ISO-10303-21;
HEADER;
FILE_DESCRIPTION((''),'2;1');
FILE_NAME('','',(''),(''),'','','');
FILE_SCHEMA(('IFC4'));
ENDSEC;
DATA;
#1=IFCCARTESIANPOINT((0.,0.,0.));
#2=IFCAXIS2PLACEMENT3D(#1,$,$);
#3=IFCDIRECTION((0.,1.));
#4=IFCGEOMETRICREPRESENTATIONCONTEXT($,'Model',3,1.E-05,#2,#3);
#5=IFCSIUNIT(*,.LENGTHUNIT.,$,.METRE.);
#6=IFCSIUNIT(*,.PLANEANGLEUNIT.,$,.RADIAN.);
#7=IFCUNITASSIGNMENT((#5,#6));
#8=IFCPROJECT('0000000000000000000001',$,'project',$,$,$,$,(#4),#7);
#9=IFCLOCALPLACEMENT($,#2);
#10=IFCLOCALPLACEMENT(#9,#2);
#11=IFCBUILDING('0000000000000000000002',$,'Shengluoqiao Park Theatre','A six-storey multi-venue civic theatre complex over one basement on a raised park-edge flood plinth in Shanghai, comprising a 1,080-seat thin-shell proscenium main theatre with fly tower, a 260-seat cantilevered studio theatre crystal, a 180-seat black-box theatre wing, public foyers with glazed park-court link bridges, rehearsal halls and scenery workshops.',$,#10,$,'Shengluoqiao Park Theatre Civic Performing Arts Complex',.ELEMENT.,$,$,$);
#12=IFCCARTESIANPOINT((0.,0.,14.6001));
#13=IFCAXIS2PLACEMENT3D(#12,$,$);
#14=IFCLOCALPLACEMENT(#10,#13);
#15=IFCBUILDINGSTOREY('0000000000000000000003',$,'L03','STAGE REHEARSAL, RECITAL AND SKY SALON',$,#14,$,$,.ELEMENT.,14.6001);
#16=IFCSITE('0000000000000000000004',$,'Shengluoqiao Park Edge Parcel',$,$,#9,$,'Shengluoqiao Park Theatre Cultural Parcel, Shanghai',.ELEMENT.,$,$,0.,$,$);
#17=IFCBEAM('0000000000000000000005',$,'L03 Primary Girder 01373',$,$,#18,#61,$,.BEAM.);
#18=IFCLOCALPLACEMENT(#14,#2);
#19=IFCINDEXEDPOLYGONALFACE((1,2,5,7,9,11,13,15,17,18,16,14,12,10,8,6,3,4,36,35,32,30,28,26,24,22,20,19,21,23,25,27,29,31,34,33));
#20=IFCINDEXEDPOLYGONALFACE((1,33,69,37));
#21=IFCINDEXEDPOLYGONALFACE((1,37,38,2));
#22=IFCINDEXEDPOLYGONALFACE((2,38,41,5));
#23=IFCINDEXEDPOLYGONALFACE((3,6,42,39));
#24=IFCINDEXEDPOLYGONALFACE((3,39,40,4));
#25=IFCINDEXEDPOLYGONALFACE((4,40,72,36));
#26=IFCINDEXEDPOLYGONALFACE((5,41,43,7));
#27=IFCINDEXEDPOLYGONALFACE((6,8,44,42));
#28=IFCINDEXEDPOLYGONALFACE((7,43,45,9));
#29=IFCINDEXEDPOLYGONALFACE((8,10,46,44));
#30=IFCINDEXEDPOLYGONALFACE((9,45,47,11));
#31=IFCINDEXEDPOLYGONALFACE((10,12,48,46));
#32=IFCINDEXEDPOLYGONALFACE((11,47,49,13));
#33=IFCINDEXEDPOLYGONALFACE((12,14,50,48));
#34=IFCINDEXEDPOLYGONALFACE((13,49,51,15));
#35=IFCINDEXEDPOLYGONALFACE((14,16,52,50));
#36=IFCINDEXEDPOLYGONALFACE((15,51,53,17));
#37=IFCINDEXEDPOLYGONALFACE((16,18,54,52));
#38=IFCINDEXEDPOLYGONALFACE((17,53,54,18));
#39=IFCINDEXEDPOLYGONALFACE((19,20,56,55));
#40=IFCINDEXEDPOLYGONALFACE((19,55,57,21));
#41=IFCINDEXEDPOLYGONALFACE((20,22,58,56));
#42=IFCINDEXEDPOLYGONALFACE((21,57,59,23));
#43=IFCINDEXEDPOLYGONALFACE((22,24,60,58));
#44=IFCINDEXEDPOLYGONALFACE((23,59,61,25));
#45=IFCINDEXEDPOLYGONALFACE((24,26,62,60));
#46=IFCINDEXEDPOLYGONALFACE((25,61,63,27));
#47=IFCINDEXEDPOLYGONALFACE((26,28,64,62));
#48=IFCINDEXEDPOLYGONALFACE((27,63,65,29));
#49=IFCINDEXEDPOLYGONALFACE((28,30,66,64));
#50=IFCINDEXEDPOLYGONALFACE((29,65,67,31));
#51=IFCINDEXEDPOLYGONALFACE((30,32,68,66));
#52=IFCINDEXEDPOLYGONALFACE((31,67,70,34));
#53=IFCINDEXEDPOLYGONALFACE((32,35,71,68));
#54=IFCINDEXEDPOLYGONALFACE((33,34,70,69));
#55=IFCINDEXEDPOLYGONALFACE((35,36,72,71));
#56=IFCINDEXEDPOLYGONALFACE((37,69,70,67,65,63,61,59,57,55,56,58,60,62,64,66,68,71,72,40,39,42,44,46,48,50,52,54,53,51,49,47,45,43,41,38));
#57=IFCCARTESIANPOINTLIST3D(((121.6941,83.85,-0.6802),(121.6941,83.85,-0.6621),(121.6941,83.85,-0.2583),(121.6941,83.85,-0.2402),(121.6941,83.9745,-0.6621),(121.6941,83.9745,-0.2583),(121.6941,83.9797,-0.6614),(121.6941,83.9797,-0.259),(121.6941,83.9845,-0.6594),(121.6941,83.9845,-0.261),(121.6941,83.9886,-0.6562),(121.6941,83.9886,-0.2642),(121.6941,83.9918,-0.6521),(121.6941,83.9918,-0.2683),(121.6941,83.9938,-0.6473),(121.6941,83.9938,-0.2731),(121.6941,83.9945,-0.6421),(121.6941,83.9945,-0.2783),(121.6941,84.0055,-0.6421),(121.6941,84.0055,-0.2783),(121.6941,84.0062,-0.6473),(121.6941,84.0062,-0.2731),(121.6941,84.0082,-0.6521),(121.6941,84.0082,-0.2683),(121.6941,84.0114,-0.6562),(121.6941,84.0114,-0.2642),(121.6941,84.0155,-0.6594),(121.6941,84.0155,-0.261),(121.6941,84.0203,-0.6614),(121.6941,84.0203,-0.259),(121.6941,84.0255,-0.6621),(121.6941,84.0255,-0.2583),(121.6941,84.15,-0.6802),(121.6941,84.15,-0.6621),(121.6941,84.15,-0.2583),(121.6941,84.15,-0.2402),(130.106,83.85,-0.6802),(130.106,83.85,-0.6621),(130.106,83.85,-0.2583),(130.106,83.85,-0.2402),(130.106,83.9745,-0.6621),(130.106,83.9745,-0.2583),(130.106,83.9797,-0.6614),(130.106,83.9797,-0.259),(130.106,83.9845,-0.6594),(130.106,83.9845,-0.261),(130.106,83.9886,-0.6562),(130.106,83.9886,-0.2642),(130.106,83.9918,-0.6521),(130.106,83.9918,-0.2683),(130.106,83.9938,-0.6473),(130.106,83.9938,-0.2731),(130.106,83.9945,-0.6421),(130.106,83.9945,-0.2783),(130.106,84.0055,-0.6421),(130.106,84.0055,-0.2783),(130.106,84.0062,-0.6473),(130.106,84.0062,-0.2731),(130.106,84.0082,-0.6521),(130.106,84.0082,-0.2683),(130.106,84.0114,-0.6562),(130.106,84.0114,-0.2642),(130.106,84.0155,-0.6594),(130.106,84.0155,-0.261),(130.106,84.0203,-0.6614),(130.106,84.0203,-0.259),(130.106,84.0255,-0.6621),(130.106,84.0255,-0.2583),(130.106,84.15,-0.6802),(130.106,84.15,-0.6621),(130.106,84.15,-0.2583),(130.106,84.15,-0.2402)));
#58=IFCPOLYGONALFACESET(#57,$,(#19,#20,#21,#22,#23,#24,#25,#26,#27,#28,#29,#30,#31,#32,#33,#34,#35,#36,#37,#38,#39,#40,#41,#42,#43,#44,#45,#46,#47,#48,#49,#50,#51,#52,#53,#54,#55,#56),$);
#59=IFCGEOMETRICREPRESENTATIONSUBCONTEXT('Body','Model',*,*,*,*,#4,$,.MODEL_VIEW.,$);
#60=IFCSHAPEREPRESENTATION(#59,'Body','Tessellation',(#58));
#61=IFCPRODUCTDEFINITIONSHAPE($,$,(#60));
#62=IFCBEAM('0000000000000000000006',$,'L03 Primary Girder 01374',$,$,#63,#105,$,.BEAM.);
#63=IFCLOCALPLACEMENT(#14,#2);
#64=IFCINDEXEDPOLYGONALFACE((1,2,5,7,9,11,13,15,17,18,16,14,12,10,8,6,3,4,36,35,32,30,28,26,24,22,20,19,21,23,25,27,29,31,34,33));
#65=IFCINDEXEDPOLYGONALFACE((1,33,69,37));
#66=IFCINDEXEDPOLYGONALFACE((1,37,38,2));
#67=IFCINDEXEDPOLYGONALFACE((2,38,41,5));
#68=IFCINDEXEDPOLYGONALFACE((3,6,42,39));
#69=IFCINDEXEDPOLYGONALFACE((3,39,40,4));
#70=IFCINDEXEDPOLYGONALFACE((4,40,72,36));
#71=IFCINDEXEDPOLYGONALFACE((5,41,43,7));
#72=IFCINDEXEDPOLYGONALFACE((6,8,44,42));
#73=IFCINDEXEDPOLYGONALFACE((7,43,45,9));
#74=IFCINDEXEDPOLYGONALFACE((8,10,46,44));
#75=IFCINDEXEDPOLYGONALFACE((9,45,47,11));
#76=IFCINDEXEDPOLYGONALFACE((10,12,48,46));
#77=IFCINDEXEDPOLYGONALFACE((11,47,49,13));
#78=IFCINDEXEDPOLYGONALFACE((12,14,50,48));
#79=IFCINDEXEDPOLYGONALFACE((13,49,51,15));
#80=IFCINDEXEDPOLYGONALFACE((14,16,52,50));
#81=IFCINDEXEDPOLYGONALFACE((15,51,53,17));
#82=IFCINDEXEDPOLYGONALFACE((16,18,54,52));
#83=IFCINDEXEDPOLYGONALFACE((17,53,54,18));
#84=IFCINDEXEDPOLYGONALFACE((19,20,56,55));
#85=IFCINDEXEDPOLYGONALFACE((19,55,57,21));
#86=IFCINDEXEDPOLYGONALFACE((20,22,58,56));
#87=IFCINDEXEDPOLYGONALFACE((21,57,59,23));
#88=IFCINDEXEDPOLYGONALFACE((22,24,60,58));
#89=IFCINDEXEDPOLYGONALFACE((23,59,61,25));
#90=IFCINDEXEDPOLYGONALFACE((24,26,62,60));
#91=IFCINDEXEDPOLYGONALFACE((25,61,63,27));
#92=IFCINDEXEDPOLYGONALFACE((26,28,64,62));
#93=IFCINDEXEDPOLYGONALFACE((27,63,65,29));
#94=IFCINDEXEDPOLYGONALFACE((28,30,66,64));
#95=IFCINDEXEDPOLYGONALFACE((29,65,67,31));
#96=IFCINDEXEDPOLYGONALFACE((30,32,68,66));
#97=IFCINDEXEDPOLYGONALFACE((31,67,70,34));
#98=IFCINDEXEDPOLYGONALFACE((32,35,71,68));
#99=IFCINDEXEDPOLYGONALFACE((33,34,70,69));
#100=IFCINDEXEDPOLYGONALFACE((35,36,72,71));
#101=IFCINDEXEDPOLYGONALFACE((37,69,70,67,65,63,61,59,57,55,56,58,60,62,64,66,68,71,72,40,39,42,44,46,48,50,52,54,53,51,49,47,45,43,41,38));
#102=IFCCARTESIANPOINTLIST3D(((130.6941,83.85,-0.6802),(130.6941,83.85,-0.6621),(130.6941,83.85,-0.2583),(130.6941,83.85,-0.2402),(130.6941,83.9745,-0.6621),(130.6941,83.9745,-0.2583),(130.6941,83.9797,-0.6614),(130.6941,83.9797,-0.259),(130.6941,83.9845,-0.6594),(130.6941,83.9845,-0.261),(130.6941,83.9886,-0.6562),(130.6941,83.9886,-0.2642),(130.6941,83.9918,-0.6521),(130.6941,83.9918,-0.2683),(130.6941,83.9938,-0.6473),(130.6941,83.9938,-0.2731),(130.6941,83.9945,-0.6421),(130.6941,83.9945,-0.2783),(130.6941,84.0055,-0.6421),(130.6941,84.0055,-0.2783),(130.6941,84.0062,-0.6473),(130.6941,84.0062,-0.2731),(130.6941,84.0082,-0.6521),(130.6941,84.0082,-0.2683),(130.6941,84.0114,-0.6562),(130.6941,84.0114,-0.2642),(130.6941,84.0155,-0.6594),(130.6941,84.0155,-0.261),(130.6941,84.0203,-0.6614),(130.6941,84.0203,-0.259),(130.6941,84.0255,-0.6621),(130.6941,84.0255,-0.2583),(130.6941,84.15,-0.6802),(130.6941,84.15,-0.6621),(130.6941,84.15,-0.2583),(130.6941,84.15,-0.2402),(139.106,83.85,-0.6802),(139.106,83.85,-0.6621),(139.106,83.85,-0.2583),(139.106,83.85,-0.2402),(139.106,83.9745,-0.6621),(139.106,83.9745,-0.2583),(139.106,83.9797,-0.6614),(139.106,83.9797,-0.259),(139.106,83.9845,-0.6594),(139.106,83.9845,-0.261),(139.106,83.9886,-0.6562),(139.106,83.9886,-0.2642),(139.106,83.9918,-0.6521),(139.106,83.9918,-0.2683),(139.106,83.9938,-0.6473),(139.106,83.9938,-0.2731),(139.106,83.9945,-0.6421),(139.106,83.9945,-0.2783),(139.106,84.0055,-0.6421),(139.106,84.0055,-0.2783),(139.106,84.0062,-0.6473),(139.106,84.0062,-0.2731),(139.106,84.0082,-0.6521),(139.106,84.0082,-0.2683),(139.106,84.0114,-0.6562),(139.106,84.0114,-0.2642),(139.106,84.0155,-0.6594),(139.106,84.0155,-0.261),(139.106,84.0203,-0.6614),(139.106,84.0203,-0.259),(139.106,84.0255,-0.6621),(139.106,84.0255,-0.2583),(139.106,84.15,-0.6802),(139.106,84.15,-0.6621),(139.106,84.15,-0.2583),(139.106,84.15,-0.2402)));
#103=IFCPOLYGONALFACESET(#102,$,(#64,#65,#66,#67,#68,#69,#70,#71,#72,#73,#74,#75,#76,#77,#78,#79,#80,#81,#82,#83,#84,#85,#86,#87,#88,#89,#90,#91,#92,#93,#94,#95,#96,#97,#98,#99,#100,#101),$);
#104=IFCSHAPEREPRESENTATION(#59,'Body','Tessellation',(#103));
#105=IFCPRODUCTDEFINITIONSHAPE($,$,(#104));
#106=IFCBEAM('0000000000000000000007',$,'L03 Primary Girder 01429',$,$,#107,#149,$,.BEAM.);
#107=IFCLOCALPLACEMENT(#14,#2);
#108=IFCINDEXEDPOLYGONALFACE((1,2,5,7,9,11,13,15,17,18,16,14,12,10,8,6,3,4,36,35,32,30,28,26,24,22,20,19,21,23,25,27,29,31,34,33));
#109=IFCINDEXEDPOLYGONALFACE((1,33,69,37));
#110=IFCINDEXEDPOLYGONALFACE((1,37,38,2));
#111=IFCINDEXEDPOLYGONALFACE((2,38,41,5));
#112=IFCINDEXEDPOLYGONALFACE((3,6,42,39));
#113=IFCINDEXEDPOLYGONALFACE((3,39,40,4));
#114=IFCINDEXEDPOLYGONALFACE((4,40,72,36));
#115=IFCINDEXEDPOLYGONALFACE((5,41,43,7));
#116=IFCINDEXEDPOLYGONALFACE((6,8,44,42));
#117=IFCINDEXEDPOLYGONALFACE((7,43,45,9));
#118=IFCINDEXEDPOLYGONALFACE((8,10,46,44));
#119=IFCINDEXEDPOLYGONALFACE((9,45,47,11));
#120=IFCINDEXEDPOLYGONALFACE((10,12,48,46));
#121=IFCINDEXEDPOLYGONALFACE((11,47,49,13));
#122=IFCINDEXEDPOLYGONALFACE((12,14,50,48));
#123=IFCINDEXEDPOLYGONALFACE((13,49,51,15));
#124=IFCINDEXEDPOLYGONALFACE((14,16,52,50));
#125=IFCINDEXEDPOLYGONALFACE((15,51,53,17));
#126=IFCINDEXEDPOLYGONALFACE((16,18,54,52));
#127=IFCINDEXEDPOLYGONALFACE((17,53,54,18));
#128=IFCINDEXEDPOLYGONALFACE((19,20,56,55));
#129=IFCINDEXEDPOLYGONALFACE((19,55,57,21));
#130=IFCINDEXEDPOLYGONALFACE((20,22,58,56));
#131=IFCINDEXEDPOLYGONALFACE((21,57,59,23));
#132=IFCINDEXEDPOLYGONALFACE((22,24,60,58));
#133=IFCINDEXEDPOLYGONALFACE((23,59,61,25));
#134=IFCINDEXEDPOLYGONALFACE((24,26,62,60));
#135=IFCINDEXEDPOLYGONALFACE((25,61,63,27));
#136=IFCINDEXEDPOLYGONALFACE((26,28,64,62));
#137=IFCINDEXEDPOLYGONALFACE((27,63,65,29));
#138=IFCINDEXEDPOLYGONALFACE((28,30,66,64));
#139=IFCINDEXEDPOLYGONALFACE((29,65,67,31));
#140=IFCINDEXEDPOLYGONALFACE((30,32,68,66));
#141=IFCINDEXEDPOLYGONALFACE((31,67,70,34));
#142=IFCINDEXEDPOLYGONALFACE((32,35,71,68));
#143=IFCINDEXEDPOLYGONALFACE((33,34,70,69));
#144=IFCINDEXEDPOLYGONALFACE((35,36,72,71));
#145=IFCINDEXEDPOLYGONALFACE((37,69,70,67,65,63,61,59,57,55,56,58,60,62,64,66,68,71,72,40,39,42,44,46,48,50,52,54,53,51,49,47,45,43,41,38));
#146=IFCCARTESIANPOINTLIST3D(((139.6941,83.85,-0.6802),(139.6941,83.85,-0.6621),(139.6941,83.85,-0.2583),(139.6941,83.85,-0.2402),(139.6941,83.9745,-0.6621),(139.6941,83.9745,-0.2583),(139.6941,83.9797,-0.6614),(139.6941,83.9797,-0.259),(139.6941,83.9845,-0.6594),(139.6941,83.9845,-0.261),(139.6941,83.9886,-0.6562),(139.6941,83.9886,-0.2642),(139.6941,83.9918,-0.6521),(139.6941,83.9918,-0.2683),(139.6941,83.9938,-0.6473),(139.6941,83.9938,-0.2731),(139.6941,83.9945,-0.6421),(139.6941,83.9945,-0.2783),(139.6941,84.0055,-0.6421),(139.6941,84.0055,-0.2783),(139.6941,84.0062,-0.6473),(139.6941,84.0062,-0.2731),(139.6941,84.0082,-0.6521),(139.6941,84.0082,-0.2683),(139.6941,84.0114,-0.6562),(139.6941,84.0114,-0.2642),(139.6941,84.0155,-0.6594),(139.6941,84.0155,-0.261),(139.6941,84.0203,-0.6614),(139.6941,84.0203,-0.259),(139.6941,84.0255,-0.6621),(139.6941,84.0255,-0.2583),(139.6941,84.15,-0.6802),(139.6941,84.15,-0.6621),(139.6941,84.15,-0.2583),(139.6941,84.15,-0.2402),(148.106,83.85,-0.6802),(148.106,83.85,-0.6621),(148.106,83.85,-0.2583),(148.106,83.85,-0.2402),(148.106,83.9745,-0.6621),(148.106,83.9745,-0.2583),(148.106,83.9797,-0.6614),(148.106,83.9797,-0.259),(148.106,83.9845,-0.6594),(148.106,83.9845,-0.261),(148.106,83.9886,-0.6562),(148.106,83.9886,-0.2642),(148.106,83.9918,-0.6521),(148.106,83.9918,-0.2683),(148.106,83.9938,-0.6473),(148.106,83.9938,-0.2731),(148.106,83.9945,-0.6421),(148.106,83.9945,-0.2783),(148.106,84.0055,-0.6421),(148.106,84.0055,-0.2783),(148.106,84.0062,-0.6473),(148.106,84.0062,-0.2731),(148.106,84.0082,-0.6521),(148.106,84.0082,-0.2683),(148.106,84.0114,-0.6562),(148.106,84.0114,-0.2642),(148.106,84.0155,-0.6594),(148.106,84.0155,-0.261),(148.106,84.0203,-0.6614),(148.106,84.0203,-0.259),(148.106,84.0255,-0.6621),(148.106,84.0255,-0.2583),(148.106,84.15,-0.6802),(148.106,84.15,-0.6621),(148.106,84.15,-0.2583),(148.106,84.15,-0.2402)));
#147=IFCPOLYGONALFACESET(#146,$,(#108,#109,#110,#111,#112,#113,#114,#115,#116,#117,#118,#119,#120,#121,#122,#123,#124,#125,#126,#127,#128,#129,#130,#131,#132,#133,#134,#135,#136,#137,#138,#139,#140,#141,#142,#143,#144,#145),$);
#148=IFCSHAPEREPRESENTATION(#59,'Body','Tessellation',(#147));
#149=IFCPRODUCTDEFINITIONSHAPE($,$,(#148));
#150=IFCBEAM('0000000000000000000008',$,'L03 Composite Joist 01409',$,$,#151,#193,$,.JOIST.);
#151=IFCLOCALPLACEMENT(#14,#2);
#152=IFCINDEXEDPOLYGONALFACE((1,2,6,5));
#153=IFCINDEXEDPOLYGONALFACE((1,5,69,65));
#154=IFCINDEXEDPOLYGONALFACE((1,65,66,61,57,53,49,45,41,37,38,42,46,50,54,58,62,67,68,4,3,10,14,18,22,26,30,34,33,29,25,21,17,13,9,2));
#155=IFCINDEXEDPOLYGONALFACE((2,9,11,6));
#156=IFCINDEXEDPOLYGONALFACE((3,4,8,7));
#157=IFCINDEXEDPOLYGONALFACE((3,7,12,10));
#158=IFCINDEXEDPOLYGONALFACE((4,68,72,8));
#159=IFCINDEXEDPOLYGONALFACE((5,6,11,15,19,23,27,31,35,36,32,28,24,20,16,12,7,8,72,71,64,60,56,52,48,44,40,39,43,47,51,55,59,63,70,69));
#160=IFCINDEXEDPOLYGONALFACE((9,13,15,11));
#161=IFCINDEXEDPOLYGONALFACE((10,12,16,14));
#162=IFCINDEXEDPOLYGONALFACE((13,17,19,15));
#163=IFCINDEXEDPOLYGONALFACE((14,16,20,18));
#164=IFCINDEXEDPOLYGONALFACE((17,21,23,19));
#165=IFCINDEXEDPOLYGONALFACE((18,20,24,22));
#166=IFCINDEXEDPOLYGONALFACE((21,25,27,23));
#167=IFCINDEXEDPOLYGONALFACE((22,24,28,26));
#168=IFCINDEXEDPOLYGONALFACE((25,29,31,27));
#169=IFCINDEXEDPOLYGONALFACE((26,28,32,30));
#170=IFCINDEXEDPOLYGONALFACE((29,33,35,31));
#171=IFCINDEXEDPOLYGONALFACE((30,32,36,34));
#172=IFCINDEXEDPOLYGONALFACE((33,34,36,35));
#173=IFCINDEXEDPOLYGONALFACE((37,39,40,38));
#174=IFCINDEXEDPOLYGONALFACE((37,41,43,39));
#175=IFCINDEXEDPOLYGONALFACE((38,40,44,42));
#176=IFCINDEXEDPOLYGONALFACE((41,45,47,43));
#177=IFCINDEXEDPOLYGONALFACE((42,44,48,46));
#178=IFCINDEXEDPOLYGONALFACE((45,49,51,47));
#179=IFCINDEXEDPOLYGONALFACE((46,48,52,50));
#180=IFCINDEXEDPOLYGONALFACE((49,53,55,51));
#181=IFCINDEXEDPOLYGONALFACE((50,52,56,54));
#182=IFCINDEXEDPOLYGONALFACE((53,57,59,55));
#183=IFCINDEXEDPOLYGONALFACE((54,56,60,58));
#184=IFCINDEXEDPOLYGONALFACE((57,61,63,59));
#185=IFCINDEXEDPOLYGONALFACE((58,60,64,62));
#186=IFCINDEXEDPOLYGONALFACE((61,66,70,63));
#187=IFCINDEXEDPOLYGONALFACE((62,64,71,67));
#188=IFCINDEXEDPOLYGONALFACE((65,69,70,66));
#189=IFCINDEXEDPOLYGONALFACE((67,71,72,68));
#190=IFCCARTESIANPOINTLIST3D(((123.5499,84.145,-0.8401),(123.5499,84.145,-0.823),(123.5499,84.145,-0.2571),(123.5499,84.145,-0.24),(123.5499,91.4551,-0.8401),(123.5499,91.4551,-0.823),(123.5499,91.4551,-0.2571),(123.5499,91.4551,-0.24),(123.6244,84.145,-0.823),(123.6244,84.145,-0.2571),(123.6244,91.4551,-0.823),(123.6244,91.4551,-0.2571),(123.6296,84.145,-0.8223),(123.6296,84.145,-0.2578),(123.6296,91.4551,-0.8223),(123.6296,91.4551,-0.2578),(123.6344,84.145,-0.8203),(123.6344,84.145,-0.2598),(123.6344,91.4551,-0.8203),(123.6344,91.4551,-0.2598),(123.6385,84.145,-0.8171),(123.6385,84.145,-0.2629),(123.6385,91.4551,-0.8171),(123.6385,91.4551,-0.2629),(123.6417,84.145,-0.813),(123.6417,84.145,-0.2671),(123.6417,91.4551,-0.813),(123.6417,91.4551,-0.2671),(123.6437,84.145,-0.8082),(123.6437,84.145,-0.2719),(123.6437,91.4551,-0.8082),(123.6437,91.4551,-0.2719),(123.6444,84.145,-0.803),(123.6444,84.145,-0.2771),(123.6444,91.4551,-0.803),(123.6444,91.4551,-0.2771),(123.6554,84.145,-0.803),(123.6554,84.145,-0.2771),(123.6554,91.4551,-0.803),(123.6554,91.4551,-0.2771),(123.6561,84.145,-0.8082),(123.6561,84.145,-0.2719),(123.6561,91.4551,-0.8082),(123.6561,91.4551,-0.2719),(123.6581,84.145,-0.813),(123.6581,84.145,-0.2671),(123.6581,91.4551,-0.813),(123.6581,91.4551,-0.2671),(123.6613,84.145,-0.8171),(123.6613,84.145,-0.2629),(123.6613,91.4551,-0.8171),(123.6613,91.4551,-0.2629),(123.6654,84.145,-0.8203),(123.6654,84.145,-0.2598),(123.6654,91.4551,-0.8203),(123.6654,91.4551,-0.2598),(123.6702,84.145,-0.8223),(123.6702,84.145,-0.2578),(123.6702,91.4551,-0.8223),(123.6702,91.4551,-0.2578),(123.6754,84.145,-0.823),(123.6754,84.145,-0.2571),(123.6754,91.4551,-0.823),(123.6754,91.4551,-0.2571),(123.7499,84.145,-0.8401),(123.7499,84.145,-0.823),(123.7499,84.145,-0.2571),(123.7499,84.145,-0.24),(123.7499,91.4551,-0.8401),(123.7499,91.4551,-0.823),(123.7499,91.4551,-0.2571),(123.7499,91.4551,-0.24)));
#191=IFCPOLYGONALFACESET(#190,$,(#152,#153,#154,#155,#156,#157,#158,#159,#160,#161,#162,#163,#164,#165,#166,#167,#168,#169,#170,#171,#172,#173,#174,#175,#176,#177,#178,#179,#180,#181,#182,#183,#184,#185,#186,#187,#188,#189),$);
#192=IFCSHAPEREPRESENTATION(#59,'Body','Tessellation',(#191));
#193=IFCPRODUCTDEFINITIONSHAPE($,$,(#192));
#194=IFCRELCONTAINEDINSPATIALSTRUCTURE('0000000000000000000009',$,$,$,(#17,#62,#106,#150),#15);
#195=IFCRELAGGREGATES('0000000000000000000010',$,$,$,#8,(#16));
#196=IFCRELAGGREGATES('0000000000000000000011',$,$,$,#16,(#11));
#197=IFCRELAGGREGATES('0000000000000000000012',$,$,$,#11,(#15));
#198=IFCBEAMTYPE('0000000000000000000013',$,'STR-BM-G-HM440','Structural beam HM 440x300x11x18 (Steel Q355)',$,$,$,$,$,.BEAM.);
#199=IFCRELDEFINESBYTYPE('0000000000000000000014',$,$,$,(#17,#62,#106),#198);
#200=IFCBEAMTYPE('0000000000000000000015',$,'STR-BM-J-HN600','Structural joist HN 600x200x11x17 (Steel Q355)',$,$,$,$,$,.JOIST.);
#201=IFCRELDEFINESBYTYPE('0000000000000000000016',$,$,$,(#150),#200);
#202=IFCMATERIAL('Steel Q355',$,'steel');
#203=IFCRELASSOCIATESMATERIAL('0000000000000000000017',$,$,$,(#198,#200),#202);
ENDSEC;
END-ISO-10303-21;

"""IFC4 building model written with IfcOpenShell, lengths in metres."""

from ifc_helpers import new_model, si_unit, direction, frame, origin, origin_2d, place, context, subcontext, project, spatial, i_section, extrude, material, material_profile, profile_set, type_object, element, save


model = new_model("IFC4")

# Units and contexts
model_context = context("Model", 3, precision=1e-05, world=origin(), true_north=direction((0.0, 1.0)))
body_context = subcontext(model_context, "Body", "Model", "MODEL_VIEW")
ifc_project = project(units=[si_unit("LENGTHUNIT", "METRE"), si_unit("PLANEANGLEUNIT", "RADIAN")], contexts=[model_context])

# Site, building, storey
site_placement = place(None, origin())
site = spatial("IfcSite", under=ifc_project, at=site_placement, Name="Shengluoqiao Park Edge Parcel", LongName="Shengluoqiao Park Theatre Cultural Parcel, Shanghai", CompositionType="ELEMENT", RefElevation=0.0)
building_placement = place(site_placement, origin())
building = spatial("IfcBuilding", under=site, at=building_placement, Name="Shengluoqiao Park Theatre", Description="A six-storey multi-venue civic theatre complex over one basement on a raised park-edge flood plinth in Shanghai, comprising a 1,080-seat thin-shell proscenium main theatre with fly tower, a 260-seat cantilevered studio theatre crystal, a 180-seat black-box theatre wing, public foyers with glazed park-court link bridges, rehearsal halls and scenery workshops.", LongName="Shengluoqiao Park Theatre Civic Performing Arts Complex", CompositionType="ELEMENT")
storey_placement = place(building_placement, frame((0.0, 0.0, 14.6001)))
storey = spatial("IfcBuildingStorey", under=building, at=storey_placement, Name="L03", Description="STAGE REHEARSAL, RECITAL AND SKY SALON", CompositionType="ELEMENT", Elevation=14.6001)

# Beams
ifc_material_1 = material(Name="Steel Q355", Category="steel")
ifc_material_profile_1 = material_profile(ifc_material_1, i_section(OverallWidth=0.3, OverallDepth=0.4399, WebThickness=0.011, FlangeThickness=0.0181, FilletRadius=0.02, at=origin_2d()), Name="HM 440x300x11x18")
ifc_profile_set_1 = profile_set([ifc_material_profile_1], Name="Steel Q355")
beam_type_1 = type_object("IfcBeamType", Name="STR-BM-G-HM440", Description="Structural beam HM 440x300x11x18 (Steel Q355)", PredefinedType="BEAM", material=ifc_profile_set_1)
for number, where, z_axis, x_axis, name in (
    (1, (121.6941, 84.0, -0.4602), (1.0, 0.0, 0.0), (0.0, 1.0, 0.0), "L03 Primary Girder 01373"),
    (2, (130.6941, 84.0, -0.4602), (1.0, 0.0, 0.0), (0.0, 1.0, 0.0), "L03 Primary Girder 01374"),
    (3, (139.6941, 84.0, -0.4602), (1.0, 0.0, 0.0), (0.0, 1.0, 0.0), "L03 Primary Girder 01429"),
):
    element("IfcBeam", number, at=place(storey_placement, frame(where, z_axis=z_axis, x_axis=x_axis)), inside=storey, type_object=beam_type_1, Name=name, PredefinedType="BEAM", context=body_context, shape_type="SweptSolid", body=[
        extrude(i_section(OverallWidth=0.3, OverallDepth=0.4399, WebThickness=0.011, FlangeThickness=0.0181, FilletRadius=0.02, at=origin_2d()), origin(), (0.0, 0.0, 1.0), 8.4119),
    ])
ifc_material_profile_2 = material_profile(ifc_material_1, i_section(OverallWidth=0.2, OverallDepth=0.6001, WebThickness=0.011, FlangeThickness=0.0171, FilletRadius=0.02, at=origin_2d()), Name="HN 600x200x11x17")
ifc_profile_set_2 = profile_set([ifc_material_profile_2], Name="Steel Q355")
beam_type_2 = type_object("IfcBeamType", Name="STR-BM-J-HN600", Description="Structural joist HN 600x200x11x17 (Steel Q355)", PredefinedType="JOIST", material=ifc_profile_set_2)
for number, where, z_axis, x_axis, name in (
    (4, (123.6499, 84.145, -0.54), (0.0, 1.0, 0.0), (-1.0, 0.0, 0.0), "L03 Composite Joist 01409"),
):
    element("IfcBeam", number, at=place(storey_placement, frame(where, z_axis=z_axis, x_axis=x_axis)), inside=storey, type_object=beam_type_2, Name=name, PredefinedType="JOIST", context=body_context, shape_type="SweptSolid", body=[
        extrude(i_section(OverallWidth=0.2, OverallDepth=0.6001, WebThickness=0.011, FlangeThickness=0.0171, FilletRadius=0.02, at=origin_2d()), origin(), (0.0, 0.0, 1.0), 7.3101),
    ])

save(model, "model.ifc")
